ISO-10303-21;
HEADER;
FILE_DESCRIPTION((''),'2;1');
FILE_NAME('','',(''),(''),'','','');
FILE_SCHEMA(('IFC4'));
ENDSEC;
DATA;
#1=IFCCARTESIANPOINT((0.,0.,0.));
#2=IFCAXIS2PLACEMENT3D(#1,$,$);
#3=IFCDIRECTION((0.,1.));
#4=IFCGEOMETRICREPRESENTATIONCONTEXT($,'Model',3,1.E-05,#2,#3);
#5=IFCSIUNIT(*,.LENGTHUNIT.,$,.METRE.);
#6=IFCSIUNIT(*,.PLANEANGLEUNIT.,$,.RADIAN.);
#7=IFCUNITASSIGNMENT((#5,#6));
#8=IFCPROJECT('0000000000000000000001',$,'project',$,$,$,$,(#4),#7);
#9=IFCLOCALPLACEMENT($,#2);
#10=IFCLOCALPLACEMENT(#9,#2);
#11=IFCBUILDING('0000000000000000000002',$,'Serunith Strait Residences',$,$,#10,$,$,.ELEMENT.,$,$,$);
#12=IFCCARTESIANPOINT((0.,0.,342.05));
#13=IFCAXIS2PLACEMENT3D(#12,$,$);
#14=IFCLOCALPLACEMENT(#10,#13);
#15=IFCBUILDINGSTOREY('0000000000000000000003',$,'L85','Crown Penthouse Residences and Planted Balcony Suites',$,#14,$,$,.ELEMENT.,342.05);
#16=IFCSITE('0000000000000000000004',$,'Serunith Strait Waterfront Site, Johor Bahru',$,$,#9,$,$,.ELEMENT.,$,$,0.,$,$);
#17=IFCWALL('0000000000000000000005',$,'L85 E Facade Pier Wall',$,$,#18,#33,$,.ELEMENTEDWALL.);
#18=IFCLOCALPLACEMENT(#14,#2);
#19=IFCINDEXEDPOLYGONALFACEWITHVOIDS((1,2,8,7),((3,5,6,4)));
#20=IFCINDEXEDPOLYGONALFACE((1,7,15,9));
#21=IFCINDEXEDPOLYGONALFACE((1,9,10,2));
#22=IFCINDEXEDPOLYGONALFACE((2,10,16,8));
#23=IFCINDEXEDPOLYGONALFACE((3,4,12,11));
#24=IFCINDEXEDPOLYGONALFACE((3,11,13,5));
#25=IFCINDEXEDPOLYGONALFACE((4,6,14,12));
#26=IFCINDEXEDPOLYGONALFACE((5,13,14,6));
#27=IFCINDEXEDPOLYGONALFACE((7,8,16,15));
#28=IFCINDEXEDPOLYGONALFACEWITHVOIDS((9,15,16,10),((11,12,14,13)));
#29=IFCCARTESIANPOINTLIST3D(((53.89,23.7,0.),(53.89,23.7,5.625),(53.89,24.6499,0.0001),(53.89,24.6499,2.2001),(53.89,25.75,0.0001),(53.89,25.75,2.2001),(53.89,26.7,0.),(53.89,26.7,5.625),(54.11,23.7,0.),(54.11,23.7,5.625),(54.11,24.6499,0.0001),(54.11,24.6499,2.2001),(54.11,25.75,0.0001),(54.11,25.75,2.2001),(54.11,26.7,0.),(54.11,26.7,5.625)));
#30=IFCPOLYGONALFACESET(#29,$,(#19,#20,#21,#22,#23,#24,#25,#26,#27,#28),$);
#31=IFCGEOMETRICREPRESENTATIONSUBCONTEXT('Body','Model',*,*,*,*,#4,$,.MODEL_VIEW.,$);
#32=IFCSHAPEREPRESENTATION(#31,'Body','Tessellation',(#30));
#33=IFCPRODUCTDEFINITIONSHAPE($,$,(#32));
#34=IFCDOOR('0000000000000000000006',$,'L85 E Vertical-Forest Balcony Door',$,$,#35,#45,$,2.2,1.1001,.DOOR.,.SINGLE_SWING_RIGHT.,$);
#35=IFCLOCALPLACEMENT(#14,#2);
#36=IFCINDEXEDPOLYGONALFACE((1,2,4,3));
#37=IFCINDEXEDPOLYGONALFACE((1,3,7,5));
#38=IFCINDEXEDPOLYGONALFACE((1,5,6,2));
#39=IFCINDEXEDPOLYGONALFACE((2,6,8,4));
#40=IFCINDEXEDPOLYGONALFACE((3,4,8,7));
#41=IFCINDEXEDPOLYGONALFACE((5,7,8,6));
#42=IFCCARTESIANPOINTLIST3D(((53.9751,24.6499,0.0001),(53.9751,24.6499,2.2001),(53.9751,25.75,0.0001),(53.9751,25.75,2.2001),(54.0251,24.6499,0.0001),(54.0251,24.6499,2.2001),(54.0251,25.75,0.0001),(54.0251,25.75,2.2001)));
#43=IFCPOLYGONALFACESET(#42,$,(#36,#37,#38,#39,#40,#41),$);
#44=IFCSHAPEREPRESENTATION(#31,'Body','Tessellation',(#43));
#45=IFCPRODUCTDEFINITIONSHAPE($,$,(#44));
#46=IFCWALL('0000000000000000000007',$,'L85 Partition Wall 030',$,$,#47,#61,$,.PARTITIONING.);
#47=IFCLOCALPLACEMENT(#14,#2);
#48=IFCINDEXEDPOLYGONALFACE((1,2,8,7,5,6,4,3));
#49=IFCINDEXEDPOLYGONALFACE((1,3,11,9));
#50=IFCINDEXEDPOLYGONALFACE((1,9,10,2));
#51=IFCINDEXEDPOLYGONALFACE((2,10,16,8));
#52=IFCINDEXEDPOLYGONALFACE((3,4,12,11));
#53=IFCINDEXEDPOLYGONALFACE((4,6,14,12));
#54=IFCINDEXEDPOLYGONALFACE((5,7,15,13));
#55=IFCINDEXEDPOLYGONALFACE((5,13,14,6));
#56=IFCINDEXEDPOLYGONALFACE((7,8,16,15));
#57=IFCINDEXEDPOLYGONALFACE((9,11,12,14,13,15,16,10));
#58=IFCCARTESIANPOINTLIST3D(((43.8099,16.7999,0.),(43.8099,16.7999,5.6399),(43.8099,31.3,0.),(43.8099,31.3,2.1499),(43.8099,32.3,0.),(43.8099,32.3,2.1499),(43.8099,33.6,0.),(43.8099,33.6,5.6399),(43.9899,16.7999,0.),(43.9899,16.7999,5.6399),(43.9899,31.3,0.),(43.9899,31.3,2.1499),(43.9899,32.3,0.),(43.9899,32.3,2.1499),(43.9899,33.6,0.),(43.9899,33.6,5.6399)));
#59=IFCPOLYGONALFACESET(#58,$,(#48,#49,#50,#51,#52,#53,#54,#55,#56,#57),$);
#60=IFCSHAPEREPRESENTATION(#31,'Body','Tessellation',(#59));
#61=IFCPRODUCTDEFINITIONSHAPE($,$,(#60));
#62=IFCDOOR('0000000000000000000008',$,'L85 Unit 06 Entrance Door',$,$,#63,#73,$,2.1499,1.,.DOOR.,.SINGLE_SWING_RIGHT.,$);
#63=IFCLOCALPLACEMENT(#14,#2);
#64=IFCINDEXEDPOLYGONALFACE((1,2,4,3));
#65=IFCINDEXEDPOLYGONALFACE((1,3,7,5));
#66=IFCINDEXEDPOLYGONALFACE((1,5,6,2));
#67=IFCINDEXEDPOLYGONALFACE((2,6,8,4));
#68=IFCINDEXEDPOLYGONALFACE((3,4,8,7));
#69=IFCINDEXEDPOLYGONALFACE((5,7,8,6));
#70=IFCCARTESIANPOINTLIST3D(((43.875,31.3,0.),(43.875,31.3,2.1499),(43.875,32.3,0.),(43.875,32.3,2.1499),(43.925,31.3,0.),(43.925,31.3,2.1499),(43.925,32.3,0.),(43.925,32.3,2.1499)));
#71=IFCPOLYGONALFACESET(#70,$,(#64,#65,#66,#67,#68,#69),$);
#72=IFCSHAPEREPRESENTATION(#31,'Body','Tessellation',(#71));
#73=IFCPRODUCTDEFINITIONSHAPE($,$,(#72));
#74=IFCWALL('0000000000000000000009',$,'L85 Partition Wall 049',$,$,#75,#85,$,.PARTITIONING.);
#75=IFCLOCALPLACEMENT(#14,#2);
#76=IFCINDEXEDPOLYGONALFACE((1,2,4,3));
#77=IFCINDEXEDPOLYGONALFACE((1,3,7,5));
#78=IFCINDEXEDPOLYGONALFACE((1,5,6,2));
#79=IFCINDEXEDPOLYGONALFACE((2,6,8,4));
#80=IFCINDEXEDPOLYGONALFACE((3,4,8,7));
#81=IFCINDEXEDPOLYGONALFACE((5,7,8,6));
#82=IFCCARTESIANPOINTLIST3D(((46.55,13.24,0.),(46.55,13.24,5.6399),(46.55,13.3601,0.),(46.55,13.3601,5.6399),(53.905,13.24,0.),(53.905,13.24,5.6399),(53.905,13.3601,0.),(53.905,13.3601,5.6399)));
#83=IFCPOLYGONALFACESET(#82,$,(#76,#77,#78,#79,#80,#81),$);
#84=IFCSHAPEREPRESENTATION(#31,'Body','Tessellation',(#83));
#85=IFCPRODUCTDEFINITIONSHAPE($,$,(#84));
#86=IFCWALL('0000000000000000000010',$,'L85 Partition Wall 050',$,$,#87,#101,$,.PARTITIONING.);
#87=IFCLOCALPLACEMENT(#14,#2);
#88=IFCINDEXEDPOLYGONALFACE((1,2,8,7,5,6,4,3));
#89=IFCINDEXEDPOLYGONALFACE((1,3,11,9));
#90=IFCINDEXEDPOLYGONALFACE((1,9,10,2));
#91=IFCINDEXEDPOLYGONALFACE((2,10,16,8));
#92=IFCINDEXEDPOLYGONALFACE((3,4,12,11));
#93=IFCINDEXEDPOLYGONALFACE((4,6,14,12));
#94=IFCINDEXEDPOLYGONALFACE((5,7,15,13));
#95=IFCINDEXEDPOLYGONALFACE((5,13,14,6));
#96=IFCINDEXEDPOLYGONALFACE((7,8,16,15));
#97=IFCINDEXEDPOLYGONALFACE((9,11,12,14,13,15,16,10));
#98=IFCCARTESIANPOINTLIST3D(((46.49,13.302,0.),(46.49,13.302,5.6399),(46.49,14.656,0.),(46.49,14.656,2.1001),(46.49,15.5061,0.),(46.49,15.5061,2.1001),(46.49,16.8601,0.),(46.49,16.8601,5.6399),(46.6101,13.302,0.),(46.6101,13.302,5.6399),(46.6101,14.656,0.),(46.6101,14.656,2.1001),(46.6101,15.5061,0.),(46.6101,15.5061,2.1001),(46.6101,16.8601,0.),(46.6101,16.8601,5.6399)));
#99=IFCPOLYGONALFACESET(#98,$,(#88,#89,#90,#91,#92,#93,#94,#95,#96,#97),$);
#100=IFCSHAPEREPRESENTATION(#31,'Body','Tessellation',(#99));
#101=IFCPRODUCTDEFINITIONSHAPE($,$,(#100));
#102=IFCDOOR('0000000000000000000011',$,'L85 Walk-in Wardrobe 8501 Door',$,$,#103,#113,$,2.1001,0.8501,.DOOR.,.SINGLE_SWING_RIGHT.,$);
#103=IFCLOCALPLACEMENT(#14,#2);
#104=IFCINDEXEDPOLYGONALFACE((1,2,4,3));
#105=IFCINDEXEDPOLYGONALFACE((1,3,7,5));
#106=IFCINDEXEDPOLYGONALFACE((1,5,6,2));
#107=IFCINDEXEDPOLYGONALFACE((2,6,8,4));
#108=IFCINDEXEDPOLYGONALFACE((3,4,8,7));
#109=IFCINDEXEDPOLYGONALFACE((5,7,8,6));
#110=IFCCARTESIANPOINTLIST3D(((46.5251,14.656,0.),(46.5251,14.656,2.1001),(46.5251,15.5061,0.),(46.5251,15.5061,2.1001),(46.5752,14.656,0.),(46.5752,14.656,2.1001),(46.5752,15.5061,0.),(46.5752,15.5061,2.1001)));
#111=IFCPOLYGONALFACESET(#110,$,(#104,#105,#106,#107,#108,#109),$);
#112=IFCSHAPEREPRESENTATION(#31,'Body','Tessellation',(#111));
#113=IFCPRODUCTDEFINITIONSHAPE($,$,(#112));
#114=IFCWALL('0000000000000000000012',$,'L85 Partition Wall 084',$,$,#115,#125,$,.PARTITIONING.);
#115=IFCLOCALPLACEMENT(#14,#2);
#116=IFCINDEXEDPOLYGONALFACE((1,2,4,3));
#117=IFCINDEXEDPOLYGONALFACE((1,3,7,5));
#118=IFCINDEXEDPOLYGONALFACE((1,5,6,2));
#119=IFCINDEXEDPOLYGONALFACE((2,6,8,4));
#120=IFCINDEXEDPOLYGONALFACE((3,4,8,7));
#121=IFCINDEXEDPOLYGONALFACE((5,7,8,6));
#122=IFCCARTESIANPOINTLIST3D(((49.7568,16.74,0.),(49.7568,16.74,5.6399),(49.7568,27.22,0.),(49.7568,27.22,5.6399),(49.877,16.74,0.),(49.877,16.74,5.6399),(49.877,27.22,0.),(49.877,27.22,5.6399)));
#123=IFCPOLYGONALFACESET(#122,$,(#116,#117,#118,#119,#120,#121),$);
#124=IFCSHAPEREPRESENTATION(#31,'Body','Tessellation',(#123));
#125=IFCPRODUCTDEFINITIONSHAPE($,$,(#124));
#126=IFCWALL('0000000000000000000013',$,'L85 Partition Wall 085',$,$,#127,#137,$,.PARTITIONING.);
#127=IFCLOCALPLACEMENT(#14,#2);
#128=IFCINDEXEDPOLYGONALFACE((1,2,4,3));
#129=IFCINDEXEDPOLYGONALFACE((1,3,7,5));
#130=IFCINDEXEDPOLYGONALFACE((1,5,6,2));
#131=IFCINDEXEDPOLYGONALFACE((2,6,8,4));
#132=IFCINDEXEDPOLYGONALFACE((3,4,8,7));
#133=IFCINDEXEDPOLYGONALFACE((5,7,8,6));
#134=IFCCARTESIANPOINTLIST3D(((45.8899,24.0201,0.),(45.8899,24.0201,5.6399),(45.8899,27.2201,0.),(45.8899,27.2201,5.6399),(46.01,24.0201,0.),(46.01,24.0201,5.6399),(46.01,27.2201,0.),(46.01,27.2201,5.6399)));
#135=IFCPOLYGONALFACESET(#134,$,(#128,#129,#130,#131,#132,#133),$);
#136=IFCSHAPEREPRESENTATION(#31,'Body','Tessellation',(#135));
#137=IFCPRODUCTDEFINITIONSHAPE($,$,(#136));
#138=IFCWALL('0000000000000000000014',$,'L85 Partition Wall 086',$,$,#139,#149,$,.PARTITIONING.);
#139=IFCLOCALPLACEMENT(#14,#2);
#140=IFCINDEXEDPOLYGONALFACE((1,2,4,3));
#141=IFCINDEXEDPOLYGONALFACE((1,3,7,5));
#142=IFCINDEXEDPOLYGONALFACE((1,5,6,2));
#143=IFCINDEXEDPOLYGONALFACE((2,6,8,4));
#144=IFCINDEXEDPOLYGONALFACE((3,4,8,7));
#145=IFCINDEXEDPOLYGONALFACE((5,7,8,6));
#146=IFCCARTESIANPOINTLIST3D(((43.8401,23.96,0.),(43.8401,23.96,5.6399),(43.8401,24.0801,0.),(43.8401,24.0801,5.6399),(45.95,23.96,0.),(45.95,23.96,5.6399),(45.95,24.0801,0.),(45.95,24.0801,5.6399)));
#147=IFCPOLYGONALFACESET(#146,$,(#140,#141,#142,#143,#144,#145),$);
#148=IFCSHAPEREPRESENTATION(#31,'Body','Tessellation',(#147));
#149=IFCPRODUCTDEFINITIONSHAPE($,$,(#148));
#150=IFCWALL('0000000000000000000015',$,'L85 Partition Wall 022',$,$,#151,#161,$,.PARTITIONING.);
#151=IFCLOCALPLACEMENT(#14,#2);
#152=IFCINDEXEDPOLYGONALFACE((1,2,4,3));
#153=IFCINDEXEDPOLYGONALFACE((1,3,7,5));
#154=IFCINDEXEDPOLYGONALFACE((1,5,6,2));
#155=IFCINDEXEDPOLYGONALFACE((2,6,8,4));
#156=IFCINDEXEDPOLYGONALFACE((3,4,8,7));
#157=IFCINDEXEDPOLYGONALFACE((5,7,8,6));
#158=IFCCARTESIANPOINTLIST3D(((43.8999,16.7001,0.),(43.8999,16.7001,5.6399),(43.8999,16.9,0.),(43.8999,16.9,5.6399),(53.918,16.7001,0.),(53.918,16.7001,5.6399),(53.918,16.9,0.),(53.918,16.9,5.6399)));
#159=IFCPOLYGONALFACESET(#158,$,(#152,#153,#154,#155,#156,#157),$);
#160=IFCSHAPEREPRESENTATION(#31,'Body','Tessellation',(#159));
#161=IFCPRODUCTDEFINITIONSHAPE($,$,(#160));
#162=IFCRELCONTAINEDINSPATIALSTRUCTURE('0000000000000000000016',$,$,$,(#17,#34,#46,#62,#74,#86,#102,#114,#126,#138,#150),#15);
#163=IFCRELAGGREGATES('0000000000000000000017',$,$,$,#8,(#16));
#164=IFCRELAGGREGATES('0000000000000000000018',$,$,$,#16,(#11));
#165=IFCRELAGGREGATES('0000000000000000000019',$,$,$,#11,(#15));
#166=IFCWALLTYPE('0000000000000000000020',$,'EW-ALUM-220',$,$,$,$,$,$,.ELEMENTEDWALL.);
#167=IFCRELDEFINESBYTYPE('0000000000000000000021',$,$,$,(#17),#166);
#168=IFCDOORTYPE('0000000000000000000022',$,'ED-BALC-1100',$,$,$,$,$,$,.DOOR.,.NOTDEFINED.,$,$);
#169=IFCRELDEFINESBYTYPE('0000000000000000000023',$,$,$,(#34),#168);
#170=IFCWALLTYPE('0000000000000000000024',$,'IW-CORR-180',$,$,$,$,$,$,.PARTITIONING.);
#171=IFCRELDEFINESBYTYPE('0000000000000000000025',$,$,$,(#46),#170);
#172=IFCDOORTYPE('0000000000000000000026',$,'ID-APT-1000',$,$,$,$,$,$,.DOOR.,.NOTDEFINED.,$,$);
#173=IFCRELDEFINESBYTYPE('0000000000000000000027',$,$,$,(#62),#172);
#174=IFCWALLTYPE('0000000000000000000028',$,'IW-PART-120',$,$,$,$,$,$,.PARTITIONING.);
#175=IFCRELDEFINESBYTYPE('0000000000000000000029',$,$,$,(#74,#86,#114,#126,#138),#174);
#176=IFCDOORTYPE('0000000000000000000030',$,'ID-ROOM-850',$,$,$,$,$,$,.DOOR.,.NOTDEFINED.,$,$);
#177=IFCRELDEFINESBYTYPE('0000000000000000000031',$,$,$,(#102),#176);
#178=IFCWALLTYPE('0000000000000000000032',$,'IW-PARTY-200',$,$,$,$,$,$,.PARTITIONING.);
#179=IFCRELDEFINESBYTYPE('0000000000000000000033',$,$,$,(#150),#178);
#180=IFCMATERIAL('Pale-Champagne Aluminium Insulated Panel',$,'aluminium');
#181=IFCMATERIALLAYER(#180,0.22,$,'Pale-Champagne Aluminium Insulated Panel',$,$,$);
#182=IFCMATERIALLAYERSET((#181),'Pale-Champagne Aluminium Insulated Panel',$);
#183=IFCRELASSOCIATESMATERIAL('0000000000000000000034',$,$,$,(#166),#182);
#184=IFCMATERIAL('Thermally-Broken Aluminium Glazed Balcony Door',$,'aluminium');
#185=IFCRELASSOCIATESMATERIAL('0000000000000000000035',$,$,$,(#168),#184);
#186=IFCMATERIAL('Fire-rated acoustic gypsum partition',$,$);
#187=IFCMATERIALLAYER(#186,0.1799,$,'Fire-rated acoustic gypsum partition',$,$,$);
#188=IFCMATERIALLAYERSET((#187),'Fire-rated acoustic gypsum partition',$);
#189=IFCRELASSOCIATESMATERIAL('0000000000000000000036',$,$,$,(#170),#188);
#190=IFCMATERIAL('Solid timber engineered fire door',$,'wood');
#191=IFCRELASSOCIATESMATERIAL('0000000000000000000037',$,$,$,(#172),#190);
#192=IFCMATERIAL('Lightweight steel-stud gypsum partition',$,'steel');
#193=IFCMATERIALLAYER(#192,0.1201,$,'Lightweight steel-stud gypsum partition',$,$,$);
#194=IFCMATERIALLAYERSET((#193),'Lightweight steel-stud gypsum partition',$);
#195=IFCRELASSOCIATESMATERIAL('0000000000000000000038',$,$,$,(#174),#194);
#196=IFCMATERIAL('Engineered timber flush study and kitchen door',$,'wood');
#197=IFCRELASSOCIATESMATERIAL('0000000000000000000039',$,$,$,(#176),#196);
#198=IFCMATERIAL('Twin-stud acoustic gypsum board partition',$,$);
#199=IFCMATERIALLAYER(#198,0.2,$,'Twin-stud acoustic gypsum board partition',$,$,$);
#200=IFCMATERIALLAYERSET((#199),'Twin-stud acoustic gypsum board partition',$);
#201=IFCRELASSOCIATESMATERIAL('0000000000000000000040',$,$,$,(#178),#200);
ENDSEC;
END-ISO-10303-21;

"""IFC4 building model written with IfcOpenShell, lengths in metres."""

from ifc_helpers import new_model, si_unit, direction, frame, frame_2d, origin, place, context, subcontext, project, spatial, rectangle, extrude, source, transform, mapped, material, layer, layer_set, type_object, element, fill, save


model = new_model("IFC4")

# Units and contexts
model_context = context("Model", 3, precision=1e-05, world=origin(), true_north=direction((0.0, 1.0)))
body_context = subcontext(model_context, "Body", "Model", "MODEL_VIEW")
ifc_project = project(units=[si_unit("LENGTHUNIT", "METRE"), si_unit("PLANEANGLEUNIT", "RADIAN")], contexts=[model_context])

# Site, building, storey
site_placement = place(None, origin())
site = spatial("IfcSite", under=ifc_project, at=site_placement, Name="Serunith Strait Waterfront Site, Johor Bahru", CompositionType="ELEMENT", RefElevation=0.0)
building_placement = place(site_placement, origin())
building = spatial("IfcBuilding", under=site, at=building_placement, Name="Serunith Strait Residences", CompositionType="ELEMENT")
storey_placement = place(building_placement, frame((0.0, 0.0, 342.05)))
storey = spatial("IfcBuildingStorey", under=building, at=storey_placement, Name="L85", Description="Crown Penthouse Residences and Planted Balcony Suites", CompositionType="ELEMENT", Elevation=342.05)

# Walls, openings, doors
ifc_material_1 = material(Name="Pale-Champagne Aluminium Insulated Panel", Category="aluminium")
ifc_layer_1 = layer(ifc_material_1, 0.22, Name="Pale-Champagne Aluminium Insulated Panel")
ifc_layer_set_1 = layer_set([ifc_layer_1], Name="Pale-Champagne Aluminium Insulated Panel")
wall_type_1 = type_object("IfcWallType", Name="EW-ALUM-220", PredefinedType="ELEMENTEDWALL", material=ifc_layer_set_1)
wall_1_placement = place(storey_placement, frame((54.0, 23.7, 0.0), z_axis=(0.0, 0.0, 1.0), x_axis=(0.0, 1.0, 0.0)))
wall_1 = element("IfcWall", 1, at=wall_1_placement, inside=storey, type_object=wall_type_1, Name="L85 E Facade Pier Wall", PredefinedType="ELEMENTEDWALL", context=body_context, shape_type="SweptSolid", body=[
    extrude(rectangle(XDim=3.0, YDim=0.22, at=frame_2d((1.5, 0.0))), origin(), (0.0, 0.0, 1.0), 5.625),
])
opening_1_placement = place(wall_1_placement, frame((0.95, 0.0, 0.0)))
opening_1 = element("IfcOpeningElement", 2, at=opening_1_placement, cuts=wall_1, PredefinedType="OPENING", context=body_context, shape_type="SweptSolid", body=[
    extrude(rectangle(XDim=1.1001, YDim=2.2, at=frame_2d((0.55, 1.1001))), frame((0.0, 0.1201, 0.0), z_axis=(0.0, -1.0, 0.0), x_axis=(1.0, 0.0, 0.0)), (0.0, 0.0, 1.0), 0.24),
])
ifc_material_2 = material(Name="Thermally-Broken Aluminium Glazed Balcony Door", Category="aluminium")
door_type_1 = type_object("IfcDoorType", Name="ED-BALC-1100", OperationType="NOTDEFINED", PredefinedType="DOOR", material=ifc_material_2)
shared_shape_1 = source(origin(), body_context, "Body", "SweptSolid", [
    extrude(rectangle(XDim=1.1001, YDim=2.2, at=frame_2d((0.55, 1.1001))), frame((0.0, 0.0249, 0.0), z_axis=(0.0, -1.0, 0.0), x_axis=(1.0, 0.0, 0.0)), (0.0, 0.0, 1.0), 0.05),
])
door_1_placement = place(opening_1_placement, origin())
door_1 = element("IfcDoor", 3, at=door_1_placement, inside=storey, type_object=door_type_1, Name="L85 E Vertical-Forest Balcony Door", OperationType="SINGLE_SWING_RIGHT", OverallHeight=2.2, OverallWidth=1.1001, PredefinedType="DOOR", context=body_context, shape_type="MappedRepresentation", body=[
    mapped(shared_shape_1, transform((0.0, 0.0, 0.0), scale=1.0)),
])
fill(opening_1, door_1)
ifc_material_3 = material(Name="Fire-rated acoustic gypsum partition")
ifc_layer_2 = layer(ifc_material_3, 0.1799, Name="Fire-rated acoustic gypsum partition")
ifc_layer_set_2 = layer_set([ifc_layer_2], Name="Fire-rated acoustic gypsum partition")
wall_type_2 = type_object("IfcWallType", Name="IW-CORR-180", PredefinedType="PARTITIONING", material=ifc_layer_set_2)
ifc_material_4 = material(Name="Solid timber engineered fire door", Category="wood")
door_type_2 = type_object("IfcDoorType", Name="ID-APT-1000", OperationType="NOTDEFINED", PredefinedType="DOOR", material=ifc_material_4)
shared_shape_2 = source(origin(), body_context, "Body", "SweptSolid", [
    extrude(rectangle(XDim=1.0, YDim=2.1499, at=frame_2d((0.5, 1.075))), frame((0.0, 0.0249, 0.0), z_axis=(0.0, -1.0, 0.0), x_axis=(1.0, 0.0, 0.0)), (0.0, 0.0, 1.0), 0.05),
])
wall_2_placement = place(storey_placement, frame((43.8999, 16.8, 0.0), z_axis=(0.0, 0.0, 1.0), x_axis=(0.0, 1.0, 0.0)))
wall_2 = element("IfcWall", 4, at=wall_2_placement, inside=storey, type_object=wall_type_2, Name="L85 Partition Wall 030", PredefinedType="PARTITIONING", context=body_context, shape_type="SweptSolid", body=[
    extrude(rectangle(XDim=16.8, YDim=0.1799, at=frame_2d((8.3999, 0.0))), origin(), (0.0, 0.0, 1.0), 5.6399),
])
opening_2_placement = place(wall_2_placement, frame((14.5, 0.0, 0.0)))
opening_2 = element("IfcOpeningElement", 5, at=opening_2_placement, cuts=wall_2, PredefinedType="OPENING", context=body_context, shape_type="SweptSolid", body=[
    extrude(rectangle(XDim=1.0, YDim=2.1499, at=frame_2d((0.5, 1.075))), frame((0.0, 0.1001, 0.0), z_axis=(0.0, -1.0, 0.0), x_axis=(1.0, 0.0, 0.0)), (0.0, 0.0, 1.0), 0.2),
])
door_2_placement = place(opening_2_placement, origin())
door_2 = element("IfcDoor", 6, at=door_2_placement, inside=storey, type_object=door_type_2, Name="L85 Unit 06 Entrance Door", OperationType="SINGLE_SWING_RIGHT", OverallHeight=2.1499, OverallWidth=1.0, PredefinedType="DOOR", context=body_context, shape_type="MappedRepresentation", body=[
    mapped(shared_shape_2, transform((0.0, 0.0, 0.0), scale=1.0)),
])
fill(opening_2, door_2)

# Wall
ifc_material_5 = material(Name="Lightweight steel-stud gypsum partition", Category="steel")
ifc_layer_3 = layer(ifc_material_5, 0.1201, Name="Lightweight steel-stud gypsum partition")
ifc_layer_set_3 = layer_set([ifc_layer_3], Name="Lightweight steel-stud gypsum partition")
wall_type_3 = type_object("IfcWallType", Name="IW-PART-120", PredefinedType="PARTITIONING", material=ifc_layer_set_3)
wall_3_placement = place(storey_placement, frame((46.55, 13.3, 0.0), z_axis=(0.0, 0.0, 1.0), x_axis=(1.0, 0.0, 0.0)))
element("IfcWall", 7, at=wall_3_placement, inside=storey, type_object=wall_type_3, Name="L85 Partition Wall 049", PredefinedType="PARTITIONING", context=body_context, shape_type="SweptSolid", body=[
    extrude(rectangle(XDim=7.355, YDim=0.1201, at=frame_2d((3.6775, 0.0))), origin(), (0.0, 0.0, 1.0), 5.6399),
])

# Wall, opening, door
wall_4_placement = place(storey_placement, frame((46.55, 13.302, 0.0), z_axis=(0.0, 0.0, 1.0), x_axis=(0.0, 1.0, 0.0)))
wall_4 = element("IfcWall", 8, at=wall_4_placement, inside=storey, type_object=wall_type_3, Name="L85 Partition Wall 050", PredefinedType="PARTITIONING", context=body_context, shape_type="SweptSolid", body=[
    extrude(rectangle(XDim=3.5581, YDim=0.1201, at=frame_2d((1.7791, 0.0))), origin(), (0.0, 0.0, 1.0), 5.6399),
])
opening_3_placement = place(wall_4_placement, frame((1.354, 0.0, 0.0)))
opening_3 = element("IfcOpeningElement", 9, at=opening_3_placement, cuts=wall_4, PredefinedType="OPENING", context=body_context, shape_type="SweptSolid", body=[
    extrude(rectangle(XDim=0.8501, YDim=2.1001, at=frame_2d((0.425, 1.05))), frame((0.0, 0.0701, 0.0), z_axis=(0.0, -1.0, 0.0), x_axis=(1.0, 0.0, 0.0)), (0.0, 0.0, 1.0), 0.1401),
])
ifc_material_6 = material(Name="Engineered timber flush study and kitchen door", Category="wood")
door_type_3 = type_object("IfcDoorType", Name="ID-ROOM-850", OperationType="NOTDEFINED", PredefinedType="DOOR", material=ifc_material_6)
shared_shape_3 = source(origin(), body_context, "Body", "SweptSolid", [
    extrude(rectangle(XDim=0.8501, YDim=2.1001, at=frame_2d((0.425, 1.05))), frame((0.0, 0.0249, 0.0), z_axis=(0.0, -1.0, 0.0), x_axis=(1.0, 0.0, 0.0)), (0.0, 0.0, 1.0), 0.05),
])
door_3_placement = place(opening_3_placement, origin())
door_3 = element("IfcDoor", 10, at=door_3_placement, inside=storey, type_object=door_type_3, Name="L85 Walk-in Wardrobe 8501 Door", OperationType="SINGLE_SWING_RIGHT", OverallHeight=2.1001, OverallWidth=0.8501, PredefinedType="DOOR", context=body_context, shape_type="MappedRepresentation", body=[
    mapped(shared_shape_3, transform((0.0, 0.0, 0.0), scale=1.0)),
])
fill(opening_3, door_3)

# Walls
wall_5_placement = place(storey_placement, frame((49.8169, 16.74, 0.0), z_axis=(0.0, 0.0, 1.0), x_axis=(0.0, 1.0, 0.0)))
element("IfcWall", 11, at=wall_5_placement, inside=storey, type_object=wall_type_3, Name="L85 Partition Wall 084", PredefinedType="PARTITIONING", context=body_context, shape_type="SweptSolid", body=[
    extrude(rectangle(XDim=10.48, YDim=0.1201, at=frame_2d((5.24, 0.0))), origin(), (0.0, 0.0, 1.0), 5.6399),
])
wall_6_placement = place(storey_placement, frame((45.95, 24.02, 0.0), z_axis=(0.0, 0.0, 1.0), x_axis=(0.0, 1.0, 0.0)))
element("IfcWall", 12, at=wall_6_placement, inside=storey, type_object=wall_type_3, Name="L85 Partition Wall 085", PredefinedType="PARTITIONING", context=body_context, shape_type="SweptSolid", body=[
    extrude(rectangle(XDim=3.2, YDim=0.1201, at=frame_2d((1.6001, 0.0))), origin(), (0.0, 0.0, 1.0), 5.6399),
])
wall_7_placement = place(storey_placement, frame((45.95, 24.02, 0.0), z_axis=(0.0, 0.0, 1.0), x_axis=(-1.0, 0.0, 0.0)))
element("IfcWall", 13, at=wall_7_placement, inside=storey, type_object=wall_type_3, Name="L85 Partition Wall 086", PredefinedType="PARTITIONING", context=body_context, shape_type="SweptSolid", body=[
    extrude(rectangle(XDim=2.1099, YDim=0.1201, at=frame_2d((1.0549, 0.0))), origin(), (0.0, 0.0, 1.0), 5.6399),
])
ifc_material_7 = material(Name="Twin-stud acoustic gypsum board partition")
ifc_layer_4 = layer(ifc_material_7, 0.2, Name="Twin-stud acoustic gypsum board partition")
ifc_layer_set_4 = layer_set([ifc_layer_4], Name="Twin-stud acoustic gypsum board partition")
wall_type_4 = type_object("IfcWallType", Name="IW-PARTY-200", PredefinedType="PARTITIONING", material=ifc_layer_set_4)
wall_8_placement = place(storey_placement, frame((43.8999, 16.8, 0.0), z_axis=(0.0, 0.0, 1.0), x_axis=(1.0, 0.0, 0.0)))
element("IfcWall", 14, at=wall_8_placement, inside=storey, type_object=wall_type_4, Name="L85 Partition Wall 022", PredefinedType="PARTITIONING", context=body_context, shape_type="SweptSolid", body=[
    extrude(rectangle(XDim=10.0181, YDim=0.2, at=frame_2d((5.009, 0.0))), origin(), (0.0, 0.0, 1.0), 5.6399),
])

save(model, "model.ifc")
